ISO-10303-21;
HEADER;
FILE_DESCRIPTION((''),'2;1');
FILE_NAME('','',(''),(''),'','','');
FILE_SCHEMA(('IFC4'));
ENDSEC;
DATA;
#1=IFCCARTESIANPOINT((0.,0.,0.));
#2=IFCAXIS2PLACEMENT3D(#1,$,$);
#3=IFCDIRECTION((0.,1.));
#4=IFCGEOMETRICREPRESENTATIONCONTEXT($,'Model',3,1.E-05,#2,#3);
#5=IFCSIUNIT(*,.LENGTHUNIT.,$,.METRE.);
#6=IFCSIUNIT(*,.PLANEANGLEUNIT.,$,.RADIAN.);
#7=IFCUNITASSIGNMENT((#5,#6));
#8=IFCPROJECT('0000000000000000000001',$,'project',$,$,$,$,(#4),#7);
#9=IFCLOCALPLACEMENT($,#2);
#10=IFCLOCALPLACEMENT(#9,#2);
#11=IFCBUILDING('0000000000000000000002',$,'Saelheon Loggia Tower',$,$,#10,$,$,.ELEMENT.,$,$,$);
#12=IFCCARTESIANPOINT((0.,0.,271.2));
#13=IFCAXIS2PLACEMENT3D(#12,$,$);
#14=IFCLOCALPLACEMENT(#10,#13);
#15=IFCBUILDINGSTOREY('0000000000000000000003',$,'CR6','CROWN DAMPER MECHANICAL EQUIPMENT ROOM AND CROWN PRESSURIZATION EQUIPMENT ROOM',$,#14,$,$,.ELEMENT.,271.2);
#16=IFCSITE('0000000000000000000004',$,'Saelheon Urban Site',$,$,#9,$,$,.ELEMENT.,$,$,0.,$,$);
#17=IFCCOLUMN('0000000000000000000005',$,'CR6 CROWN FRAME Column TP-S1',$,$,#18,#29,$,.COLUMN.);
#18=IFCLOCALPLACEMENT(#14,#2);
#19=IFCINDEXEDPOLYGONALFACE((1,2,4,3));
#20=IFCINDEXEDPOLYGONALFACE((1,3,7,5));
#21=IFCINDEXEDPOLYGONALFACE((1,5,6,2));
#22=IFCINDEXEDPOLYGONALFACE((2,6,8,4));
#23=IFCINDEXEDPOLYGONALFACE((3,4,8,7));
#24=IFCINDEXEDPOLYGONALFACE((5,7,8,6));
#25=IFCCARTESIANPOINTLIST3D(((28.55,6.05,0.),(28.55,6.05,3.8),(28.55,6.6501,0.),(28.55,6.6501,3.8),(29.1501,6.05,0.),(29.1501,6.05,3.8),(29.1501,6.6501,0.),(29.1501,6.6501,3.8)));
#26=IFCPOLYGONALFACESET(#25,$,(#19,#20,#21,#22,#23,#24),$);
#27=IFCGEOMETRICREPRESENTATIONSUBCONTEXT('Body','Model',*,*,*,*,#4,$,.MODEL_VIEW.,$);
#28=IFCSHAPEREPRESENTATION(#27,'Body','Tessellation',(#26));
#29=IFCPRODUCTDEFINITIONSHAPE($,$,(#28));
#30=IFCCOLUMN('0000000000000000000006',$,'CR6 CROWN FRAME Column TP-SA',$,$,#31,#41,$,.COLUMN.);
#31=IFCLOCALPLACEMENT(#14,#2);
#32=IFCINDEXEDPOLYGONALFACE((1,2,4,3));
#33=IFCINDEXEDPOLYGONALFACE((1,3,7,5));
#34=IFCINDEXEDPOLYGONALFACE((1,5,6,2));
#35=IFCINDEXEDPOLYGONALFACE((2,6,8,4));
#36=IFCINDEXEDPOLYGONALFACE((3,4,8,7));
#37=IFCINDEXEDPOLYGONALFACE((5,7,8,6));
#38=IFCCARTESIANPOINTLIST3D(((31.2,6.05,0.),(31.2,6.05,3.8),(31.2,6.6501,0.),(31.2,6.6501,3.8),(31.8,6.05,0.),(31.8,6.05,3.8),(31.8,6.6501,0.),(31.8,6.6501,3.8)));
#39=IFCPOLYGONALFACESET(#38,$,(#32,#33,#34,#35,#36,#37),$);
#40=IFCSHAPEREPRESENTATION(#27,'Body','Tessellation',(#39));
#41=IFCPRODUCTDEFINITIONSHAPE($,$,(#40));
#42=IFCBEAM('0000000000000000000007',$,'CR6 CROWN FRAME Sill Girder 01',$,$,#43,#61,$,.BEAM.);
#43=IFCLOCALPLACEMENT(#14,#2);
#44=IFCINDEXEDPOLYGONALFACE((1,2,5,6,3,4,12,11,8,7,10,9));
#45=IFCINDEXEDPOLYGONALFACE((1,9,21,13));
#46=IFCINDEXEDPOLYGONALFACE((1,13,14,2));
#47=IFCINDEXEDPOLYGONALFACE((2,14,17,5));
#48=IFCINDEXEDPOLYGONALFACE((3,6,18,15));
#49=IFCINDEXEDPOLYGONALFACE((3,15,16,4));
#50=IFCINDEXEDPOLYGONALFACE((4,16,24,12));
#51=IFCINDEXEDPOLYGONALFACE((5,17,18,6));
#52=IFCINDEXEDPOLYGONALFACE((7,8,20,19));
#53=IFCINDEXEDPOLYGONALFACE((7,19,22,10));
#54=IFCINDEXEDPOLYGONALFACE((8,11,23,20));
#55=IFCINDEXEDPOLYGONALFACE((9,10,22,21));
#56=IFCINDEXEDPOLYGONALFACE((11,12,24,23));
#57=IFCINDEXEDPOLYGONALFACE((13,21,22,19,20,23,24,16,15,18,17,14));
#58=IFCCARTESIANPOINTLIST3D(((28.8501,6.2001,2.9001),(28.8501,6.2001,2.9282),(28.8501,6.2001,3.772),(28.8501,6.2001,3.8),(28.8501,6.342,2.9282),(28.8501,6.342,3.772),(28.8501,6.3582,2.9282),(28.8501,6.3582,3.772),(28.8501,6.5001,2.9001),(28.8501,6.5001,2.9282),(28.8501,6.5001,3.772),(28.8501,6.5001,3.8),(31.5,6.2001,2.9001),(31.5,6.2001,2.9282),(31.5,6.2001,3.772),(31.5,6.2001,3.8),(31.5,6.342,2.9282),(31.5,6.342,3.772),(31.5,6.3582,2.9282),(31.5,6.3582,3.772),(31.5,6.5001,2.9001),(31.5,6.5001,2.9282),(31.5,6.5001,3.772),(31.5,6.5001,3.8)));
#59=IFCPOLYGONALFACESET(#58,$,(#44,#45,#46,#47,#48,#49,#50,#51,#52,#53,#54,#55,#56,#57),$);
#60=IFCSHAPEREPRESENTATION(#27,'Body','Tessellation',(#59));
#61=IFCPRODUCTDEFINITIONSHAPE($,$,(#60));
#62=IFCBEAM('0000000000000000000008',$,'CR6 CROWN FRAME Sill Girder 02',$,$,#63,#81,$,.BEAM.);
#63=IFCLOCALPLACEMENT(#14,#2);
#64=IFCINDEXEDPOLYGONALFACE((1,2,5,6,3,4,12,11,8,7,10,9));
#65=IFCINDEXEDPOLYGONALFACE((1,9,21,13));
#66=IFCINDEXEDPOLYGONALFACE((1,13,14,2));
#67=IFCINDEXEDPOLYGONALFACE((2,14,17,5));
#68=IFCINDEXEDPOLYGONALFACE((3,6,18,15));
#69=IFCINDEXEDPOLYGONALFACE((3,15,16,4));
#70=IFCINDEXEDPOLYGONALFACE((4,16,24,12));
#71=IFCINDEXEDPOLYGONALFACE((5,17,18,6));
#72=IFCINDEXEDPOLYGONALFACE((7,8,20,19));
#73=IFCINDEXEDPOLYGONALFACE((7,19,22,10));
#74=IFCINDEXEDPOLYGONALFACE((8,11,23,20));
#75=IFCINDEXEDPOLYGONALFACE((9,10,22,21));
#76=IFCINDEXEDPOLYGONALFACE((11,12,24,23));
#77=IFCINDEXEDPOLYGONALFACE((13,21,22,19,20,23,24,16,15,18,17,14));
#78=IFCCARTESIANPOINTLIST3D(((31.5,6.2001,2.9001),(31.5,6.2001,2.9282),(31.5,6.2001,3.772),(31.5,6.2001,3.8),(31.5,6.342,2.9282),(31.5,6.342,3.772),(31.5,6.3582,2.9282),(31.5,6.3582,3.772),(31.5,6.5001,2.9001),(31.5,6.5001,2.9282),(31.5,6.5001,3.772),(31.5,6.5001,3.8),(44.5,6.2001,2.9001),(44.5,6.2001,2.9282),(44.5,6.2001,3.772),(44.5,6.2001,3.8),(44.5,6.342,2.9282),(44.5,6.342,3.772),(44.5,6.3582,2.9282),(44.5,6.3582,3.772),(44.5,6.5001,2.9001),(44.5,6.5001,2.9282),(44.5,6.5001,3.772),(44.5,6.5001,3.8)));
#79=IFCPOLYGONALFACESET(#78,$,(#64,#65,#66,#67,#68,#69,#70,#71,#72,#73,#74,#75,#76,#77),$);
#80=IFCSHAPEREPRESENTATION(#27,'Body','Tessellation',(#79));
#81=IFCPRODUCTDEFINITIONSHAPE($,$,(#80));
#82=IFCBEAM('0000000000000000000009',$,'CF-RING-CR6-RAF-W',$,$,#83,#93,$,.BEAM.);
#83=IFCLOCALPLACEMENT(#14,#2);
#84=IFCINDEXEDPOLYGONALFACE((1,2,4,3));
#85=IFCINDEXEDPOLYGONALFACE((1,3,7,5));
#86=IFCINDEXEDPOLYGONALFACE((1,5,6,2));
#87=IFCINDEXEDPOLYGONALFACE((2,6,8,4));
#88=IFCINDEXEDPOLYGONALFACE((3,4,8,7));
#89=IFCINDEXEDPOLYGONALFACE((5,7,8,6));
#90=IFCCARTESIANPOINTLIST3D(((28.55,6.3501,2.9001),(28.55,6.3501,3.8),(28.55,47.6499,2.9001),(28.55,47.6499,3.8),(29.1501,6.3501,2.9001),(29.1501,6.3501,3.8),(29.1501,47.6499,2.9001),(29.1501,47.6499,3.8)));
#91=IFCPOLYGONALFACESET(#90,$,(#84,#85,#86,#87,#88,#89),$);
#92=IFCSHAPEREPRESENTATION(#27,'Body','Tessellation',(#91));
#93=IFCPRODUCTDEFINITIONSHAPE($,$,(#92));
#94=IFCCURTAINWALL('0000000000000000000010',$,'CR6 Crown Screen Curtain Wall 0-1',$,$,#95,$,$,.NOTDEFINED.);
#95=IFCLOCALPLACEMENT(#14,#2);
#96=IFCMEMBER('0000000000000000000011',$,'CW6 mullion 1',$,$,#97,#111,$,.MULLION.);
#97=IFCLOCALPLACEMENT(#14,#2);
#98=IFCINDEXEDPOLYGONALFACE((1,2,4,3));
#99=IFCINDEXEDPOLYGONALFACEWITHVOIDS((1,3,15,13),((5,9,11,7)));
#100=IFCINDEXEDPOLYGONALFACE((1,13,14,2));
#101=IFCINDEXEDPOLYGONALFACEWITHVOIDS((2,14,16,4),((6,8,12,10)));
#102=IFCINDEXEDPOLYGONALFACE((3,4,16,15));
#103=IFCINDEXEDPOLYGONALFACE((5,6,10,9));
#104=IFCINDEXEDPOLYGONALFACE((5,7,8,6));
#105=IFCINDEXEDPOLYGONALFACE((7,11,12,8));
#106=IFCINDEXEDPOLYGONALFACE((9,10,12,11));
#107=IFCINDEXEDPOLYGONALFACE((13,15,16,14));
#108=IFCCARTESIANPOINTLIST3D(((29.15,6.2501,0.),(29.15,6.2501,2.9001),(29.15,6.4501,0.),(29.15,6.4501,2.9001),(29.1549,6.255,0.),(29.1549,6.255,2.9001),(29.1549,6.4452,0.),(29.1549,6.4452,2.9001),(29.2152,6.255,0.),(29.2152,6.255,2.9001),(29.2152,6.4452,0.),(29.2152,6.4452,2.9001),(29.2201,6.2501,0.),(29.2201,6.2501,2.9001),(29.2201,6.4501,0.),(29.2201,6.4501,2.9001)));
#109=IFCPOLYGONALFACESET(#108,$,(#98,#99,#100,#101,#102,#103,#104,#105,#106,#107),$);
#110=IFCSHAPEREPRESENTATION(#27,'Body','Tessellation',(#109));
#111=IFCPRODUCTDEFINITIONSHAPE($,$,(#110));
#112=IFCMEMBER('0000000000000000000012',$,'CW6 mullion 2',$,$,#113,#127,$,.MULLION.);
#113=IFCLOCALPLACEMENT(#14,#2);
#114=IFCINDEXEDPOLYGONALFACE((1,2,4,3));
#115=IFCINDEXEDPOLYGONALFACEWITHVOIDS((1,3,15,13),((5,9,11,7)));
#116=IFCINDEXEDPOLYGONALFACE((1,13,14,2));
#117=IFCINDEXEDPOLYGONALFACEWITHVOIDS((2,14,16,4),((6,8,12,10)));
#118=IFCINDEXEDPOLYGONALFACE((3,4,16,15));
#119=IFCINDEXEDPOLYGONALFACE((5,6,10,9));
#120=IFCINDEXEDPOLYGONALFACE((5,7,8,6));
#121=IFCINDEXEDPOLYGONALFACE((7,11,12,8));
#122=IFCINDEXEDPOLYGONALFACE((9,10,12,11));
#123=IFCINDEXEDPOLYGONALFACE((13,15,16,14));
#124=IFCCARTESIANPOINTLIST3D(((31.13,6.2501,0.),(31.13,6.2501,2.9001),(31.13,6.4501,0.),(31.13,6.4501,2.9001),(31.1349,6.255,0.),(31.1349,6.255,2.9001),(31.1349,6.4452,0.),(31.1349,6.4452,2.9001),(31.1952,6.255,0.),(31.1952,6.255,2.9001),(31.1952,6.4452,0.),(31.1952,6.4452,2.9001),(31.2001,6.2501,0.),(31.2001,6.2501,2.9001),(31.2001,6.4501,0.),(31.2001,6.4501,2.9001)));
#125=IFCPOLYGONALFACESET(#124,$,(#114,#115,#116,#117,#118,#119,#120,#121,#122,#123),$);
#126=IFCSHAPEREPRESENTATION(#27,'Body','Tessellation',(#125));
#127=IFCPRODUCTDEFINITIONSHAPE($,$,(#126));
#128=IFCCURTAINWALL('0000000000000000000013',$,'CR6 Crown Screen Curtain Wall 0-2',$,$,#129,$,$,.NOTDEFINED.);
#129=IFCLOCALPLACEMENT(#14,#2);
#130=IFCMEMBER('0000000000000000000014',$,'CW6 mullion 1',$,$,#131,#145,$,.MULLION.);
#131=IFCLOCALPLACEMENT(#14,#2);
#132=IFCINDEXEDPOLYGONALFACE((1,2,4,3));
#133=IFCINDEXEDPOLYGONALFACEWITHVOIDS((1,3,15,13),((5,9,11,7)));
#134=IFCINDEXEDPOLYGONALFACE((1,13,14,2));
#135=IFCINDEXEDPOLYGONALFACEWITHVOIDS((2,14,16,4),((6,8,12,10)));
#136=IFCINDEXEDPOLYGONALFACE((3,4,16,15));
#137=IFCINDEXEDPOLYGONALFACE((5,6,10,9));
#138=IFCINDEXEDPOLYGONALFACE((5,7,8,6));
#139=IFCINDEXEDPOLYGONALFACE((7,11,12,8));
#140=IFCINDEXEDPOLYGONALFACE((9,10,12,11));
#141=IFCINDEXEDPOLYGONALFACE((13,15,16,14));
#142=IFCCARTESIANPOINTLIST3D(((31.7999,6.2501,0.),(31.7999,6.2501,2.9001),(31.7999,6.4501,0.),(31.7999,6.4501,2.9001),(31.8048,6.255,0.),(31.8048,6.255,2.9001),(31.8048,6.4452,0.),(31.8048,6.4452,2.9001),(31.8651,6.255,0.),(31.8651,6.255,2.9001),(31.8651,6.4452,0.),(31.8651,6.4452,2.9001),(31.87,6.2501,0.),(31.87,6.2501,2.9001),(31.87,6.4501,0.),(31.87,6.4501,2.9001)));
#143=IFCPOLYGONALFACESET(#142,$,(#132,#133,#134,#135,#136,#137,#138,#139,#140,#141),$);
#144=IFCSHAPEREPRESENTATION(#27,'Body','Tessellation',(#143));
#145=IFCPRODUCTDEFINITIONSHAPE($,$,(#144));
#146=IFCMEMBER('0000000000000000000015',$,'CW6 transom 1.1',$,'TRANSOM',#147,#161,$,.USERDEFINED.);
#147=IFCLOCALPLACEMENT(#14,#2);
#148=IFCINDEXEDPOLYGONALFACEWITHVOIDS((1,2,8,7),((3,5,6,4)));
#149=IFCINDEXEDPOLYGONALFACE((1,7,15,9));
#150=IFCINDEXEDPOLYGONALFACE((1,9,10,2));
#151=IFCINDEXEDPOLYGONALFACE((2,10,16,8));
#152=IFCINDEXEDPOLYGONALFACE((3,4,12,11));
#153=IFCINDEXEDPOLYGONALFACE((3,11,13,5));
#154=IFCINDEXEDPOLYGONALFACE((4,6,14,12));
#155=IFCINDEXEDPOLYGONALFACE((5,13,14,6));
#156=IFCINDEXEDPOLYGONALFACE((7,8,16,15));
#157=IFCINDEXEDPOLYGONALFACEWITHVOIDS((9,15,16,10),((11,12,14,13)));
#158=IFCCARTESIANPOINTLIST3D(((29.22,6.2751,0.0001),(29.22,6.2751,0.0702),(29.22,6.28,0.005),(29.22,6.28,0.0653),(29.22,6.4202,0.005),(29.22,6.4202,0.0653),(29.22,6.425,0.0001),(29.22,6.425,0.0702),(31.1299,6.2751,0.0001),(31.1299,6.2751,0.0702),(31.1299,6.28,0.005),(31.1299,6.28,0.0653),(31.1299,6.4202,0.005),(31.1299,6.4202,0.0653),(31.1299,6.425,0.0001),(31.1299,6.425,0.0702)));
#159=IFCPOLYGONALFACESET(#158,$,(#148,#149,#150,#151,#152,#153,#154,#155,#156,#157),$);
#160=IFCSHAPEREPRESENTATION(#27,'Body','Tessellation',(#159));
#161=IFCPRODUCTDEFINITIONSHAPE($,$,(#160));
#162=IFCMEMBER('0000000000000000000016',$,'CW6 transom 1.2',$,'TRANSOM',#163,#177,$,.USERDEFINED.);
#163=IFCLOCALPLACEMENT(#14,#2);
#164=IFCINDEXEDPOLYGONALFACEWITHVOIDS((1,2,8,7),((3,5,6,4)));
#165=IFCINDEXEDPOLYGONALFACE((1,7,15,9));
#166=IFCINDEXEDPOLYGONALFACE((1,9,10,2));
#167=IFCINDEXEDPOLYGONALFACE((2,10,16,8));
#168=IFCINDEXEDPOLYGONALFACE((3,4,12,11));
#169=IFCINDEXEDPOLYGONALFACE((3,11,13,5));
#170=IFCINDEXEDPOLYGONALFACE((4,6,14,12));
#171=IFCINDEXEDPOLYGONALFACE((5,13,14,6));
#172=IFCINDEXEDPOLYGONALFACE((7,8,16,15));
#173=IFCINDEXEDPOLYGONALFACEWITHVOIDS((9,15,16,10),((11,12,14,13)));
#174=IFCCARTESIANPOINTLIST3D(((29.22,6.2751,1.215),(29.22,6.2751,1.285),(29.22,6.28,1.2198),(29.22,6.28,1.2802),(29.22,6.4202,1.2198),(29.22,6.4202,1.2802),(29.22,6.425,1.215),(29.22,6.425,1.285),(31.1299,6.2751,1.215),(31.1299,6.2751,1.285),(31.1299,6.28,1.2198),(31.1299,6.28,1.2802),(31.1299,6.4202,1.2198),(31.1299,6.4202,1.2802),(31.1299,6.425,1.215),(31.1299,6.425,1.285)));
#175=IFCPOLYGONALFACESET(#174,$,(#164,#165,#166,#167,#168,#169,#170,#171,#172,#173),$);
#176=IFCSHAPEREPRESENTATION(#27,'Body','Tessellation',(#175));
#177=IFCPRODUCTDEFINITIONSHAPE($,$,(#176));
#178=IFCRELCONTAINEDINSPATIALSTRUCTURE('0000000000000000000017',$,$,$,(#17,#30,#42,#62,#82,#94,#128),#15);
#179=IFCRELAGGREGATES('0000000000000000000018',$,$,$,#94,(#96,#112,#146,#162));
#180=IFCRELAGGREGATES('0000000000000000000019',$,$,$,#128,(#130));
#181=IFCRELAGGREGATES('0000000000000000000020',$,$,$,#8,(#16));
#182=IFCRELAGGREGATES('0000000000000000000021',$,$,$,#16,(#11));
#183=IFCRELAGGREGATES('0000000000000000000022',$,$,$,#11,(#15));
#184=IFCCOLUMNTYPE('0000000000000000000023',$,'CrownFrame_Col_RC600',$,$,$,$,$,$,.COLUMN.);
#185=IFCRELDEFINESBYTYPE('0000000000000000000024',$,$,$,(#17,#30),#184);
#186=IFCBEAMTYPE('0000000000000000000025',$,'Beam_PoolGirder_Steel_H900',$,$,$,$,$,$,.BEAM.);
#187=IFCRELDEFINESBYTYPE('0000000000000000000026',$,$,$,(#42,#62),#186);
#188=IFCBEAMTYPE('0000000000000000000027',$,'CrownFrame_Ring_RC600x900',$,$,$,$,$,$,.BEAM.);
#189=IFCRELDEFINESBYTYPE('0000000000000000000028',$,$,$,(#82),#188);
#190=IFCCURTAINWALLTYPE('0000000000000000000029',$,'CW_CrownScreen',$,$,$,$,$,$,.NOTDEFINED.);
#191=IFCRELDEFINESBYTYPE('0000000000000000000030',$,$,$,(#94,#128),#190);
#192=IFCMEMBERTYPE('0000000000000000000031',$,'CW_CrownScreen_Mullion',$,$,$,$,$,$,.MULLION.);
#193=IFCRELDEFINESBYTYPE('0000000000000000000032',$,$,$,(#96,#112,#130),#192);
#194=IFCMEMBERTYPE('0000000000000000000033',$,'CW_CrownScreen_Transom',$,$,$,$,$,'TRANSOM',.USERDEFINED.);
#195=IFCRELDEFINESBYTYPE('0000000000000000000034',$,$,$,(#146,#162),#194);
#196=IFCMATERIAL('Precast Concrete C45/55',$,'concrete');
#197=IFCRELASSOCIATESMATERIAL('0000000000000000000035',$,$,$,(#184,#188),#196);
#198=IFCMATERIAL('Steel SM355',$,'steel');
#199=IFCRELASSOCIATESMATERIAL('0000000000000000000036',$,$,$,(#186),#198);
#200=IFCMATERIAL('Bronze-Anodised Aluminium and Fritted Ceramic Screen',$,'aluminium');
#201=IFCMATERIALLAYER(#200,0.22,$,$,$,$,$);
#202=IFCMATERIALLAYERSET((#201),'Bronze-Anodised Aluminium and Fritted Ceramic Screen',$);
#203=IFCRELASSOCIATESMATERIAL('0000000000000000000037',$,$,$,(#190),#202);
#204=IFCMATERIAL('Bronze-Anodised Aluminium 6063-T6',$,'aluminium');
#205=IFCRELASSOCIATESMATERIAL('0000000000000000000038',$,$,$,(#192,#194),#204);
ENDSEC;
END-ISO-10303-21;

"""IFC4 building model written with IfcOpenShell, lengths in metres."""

from ifc_helpers import new_model, si_unit, direction, frame, origin, origin_2d, place, context, subcontext, project, spatial, rectangle, hollow_rectangle, i_section, extrude, source, transform, mapped, material, layer, layer_set, material_profile, profile_set, type_object, element, aggregate, save


model = new_model("IFC4")

# Units and contexts
model_context = context("Model", 3, precision=1e-05, world=origin(), true_north=direction((0.0, 1.0)))
body_context = subcontext(model_context, "Body", "Model", "MODEL_VIEW")
ifc_project = project(units=[si_unit("LENGTHUNIT", "METRE"), si_unit("PLANEANGLEUNIT", "RADIAN")], contexts=[model_context])

# Site, building, storey
site_placement = place(None, origin())
site = spatial("IfcSite", under=ifc_project, at=site_placement, Name="Saelheon Urban Site", CompositionType="ELEMENT", RefElevation=0.0)
building_placement = place(site_placement, origin())
building = spatial("IfcBuilding", under=site, at=building_placement, Name="Saelheon Loggia Tower", CompositionType="ELEMENT")
storey_placement = place(building_placement, frame((0.0, 0.0, 271.2)))
storey = spatial("IfcBuildingStorey", under=building, at=storey_placement, Name="CR6", Description="CROWN DAMPER MECHANICAL EQUIPMENT ROOM AND CROWN PRESSURIZATION EQUIPMENT ROOM", CompositionType="ELEMENT", Elevation=271.2)

# Columns
ifc_material_1 = material(Name="Precast Concrete C45/55", Category="concrete")
ifc_material_profile_1 = material_profile(ifc_material_1, rectangle(XDim=0.6001, YDim=0.6001, at=origin_2d()), Name="RC-600x600")
ifc_profile_set_1 = profile_set([ifc_material_profile_1], Name="Precast Concrete C45/55")
column_type = type_object("IfcColumnType", Name="CrownFrame_Col_RC600", PredefinedType="COLUMN", material=ifc_profile_set_1)
shared_shape_1 = source(origin(), body_context, "Body", "SweptSolid", [
    extrude(rectangle(XDim=0.6001, YDim=0.6001, at=origin_2d()), origin(), (0.0, 0.0, 1.0), 3.8),
])
for number, where, z_axis, x_axis, name in (
    (1, (28.8501, 6.3501, 0.0), (0.0, 0.0, 1.0), (1.0, 0.0, 0.0), "CR6 CROWN FRAME Column TP-S1"),
    (2, (31.5, 6.3501, 0.0), (0.0, 0.0, 1.0), (1.0, 0.0, 0.0), "CR6 CROWN FRAME Column TP-SA"),
):
    element("IfcColumn", number, at=place(storey_placement, frame(where, z_axis=z_axis, x_axis=x_axis)), inside=storey, type_object=column_type, Name=name, PredefinedType="COLUMN", context=body_context, shape_type="MappedRepresentation", body=[
        mapped(shared_shape_1, transform((0.0, 0.0, 0.0), scale=1.0)),
    ])

# Beams
ifc_material_2 = material(Name="Steel SM355", Category="steel")
ifc_material_profile_2 = material_profile(ifc_material_2, i_section(OverallWidth=0.3, OverallDepth=0.8999, WebThickness=0.0161, FlangeThickness=0.0281, at=origin_2d()), Name="H-900x300x16x28")
ifc_profile_set_2 = profile_set([ifc_material_profile_2], Name="Steel SM355")
beam_type_1 = type_object("IfcBeamType", Name="Beam_PoolGirder_Steel_H900", PredefinedType="BEAM", material=ifc_profile_set_2)
shared_shape_2 = source(origin(), body_context, "Body", "SweptSolid", [
    extrude(i_section(OverallWidth=0.3, OverallDepth=0.8999, WebThickness=0.0161, FlangeThickness=0.0281, at=origin_2d()), origin(), (0.0, 0.0, 1.0), 2.6499),
])
beam_1_placement = place(storey_placement, frame((28.8501, 6.3501, 3.3501), z_axis=(1.0, 0.0, 0.0), x_axis=(0.0, 1.0, 0.0)))
element("IfcBeam", 3, at=beam_1_placement, inside=storey, type_object=beam_type_1, Name="CR6 CROWN FRAME Sill Girder 01", PredefinedType="BEAM", context=body_context, shape_type="MappedRepresentation", body=[
    mapped(shared_shape_2, transform((0.0, 0.0, 0.0), scale=1.0)),
])
shared_shape_3 = source(origin(), body_context, "Body", "SweptSolid", [
    extrude(i_section(OverallWidth=0.3, OverallDepth=0.8999, WebThickness=0.0161, FlangeThickness=0.0281, at=origin_2d()), origin(), (0.0, 0.0, 1.0), 13.0),
])
beam_2_placement = place(storey_placement, frame((31.5, 6.3501, 3.3501), z_axis=(1.0, 0.0, 0.0), x_axis=(0.0, 1.0, 0.0)))
element("IfcBeam", 4, at=beam_2_placement, inside=storey, type_object=beam_type_1, Name="CR6 CROWN FRAME Sill Girder 02", PredefinedType="BEAM", context=body_context, shape_type="MappedRepresentation", body=[
    mapped(shared_shape_3, transform((0.0, 0.0, 0.0), scale=1.0)),
])
ifc_material_profile_3 = material_profile(ifc_material_1, rectangle(XDim=0.6001, YDim=0.8999, at=origin_2d()), Name="RC-600x900")
ifc_profile_set_3 = profile_set([ifc_material_profile_3], Name="Precast Concrete C45/55")
beam_type_2 = type_object("IfcBeamType", Name="CrownFrame_Ring_RC600x900", PredefinedType="BEAM", material=ifc_profile_set_3)
shared_shape_4 = source(origin(), body_context, "Body", "SweptSolid", [
    extrude(rectangle(XDim=0.6001, YDim=0.8999, at=origin_2d()), origin(), (0.0, 0.0, 1.0), 41.2998),
])
beam_3_placement = place(storey_placement, frame((28.8501, 6.3501, 3.3501), z_axis=(0.0, 1.0, 0.0), x_axis=(-1.0, 0.0, 0.0)))
element("IfcBeam", 5, at=beam_3_placement, inside=storey, type_object=beam_type_2, Name="CF-RING-CR6-RAF-W", PredefinedType="BEAM", context=body_context, shape_type="MappedRepresentation", body=[
    mapped(shared_shape_4, transform((0.0, 0.0, 0.0), scale=1.0)),
])

# Curtain wall, members
ifc_material_3 = material(Name="Bronze-Anodised Aluminium and Fritted Ceramic Screen", Category="aluminium")
ifc_layer_1 = layer(ifc_material_3, 0.22)
ifc_layer_set_1 = layer_set([ifc_layer_1], Name="Bronze-Anodised Aluminium and Fritted Ceramic Screen")
curtain_wall_type = type_object("IfcCurtainWallType", Name="CW_CrownScreen", PredefinedType="NOTDEFINED", material=ifc_layer_set_1)
curtain_wall_1_placement = place(storey_placement, origin())
curtain_wall_1 = element("IfcCurtainWall", 6, at=curtain_wall_1_placement, inside=storey, type_object=curtain_wall_type, Name="CR6 Crown Screen Curtain Wall 0-1", PredefinedType="NOTDEFINED")
ifc_material_4 = material(Name="Bronze-Anodised Aluminium 6063-T6", Category="aluminium")
ifc_material_profile_4 = material_profile(ifc_material_4, hollow_rectangle(XDim=0.0701, YDim=0.2, WallThickness=0.0049, at=origin_2d()), Name="RHS-200x70x5")
ifc_profile_set_4 = profile_set([ifc_material_profile_4], Name="Bronze-Anodised Aluminium 6063-T6")
member_type_1 = type_object("IfcMemberType", Name="CW_CrownScreen_Mullion", PredefinedType="MULLION", material=ifc_profile_set_4)
shared_shape_5 = source(origin(), body_context, "Body", "SweptSolid", [
    extrude(hollow_rectangle(XDim=0.0701, YDim=0.2, WallThickness=0.0049, at=origin_2d()), origin(), (0.0, 0.0, 1.0), 2.9001),
])
member_1_placement = place(storey_placement, frame((29.1851, 6.3501, 0.0), z_axis=(0.0, 0.0, 1.0), x_axis=(1.0, 0.0, 0.0)))
member_1 = element("IfcMember", 7, at=member_1_placement, type_object=member_type_1, Name="CW6 mullion 1", PredefinedType="MULLION", context=body_context, shape_type="MappedRepresentation", body=[
    mapped(shared_shape_5, transform((0.0, 0.0, 0.0), scale=1.0)),
])
member_2_placement = place(storey_placement, frame((31.165, 6.3501, 0.0), z_axis=(0.0, 0.0, 1.0), x_axis=(1.0, 0.0, 0.0)))
member_2 = element("IfcMember", 8, at=member_2_placement, type_object=member_type_1, Name="CW6 mullion 2", PredefinedType="MULLION", context=body_context, shape_type="MappedRepresentation", body=[
    mapped(shared_shape_5, transform((0.0, 0.0, 0.0), scale=1.0)),
])

# Curtain wall, member
curtain_wall_2_placement = place(storey_placement, origin())
curtain_wall_2 = element("IfcCurtainWall", 9, at=curtain_wall_2_placement, inside=storey, type_object=curtain_wall_type, Name="CR6 Crown Screen Curtain Wall 0-2", PredefinedType="NOTDEFINED")
member_3_placement = place(storey_placement, frame((31.835, 6.3501, 0.0), z_axis=(0.0, 0.0, 1.0), x_axis=(1.0, 0.0, 0.0)))
member_3 = element("IfcMember", 10, at=member_3_placement, type_object=member_type_1, Name="CW6 mullion 1", PredefinedType="MULLION", context=body_context, shape_type="MappedRepresentation", body=[
    mapped(shared_shape_5, transform((0.0, 0.0, 0.0), scale=1.0)),
])

# Members
ifc_material_profile_5 = material_profile(ifc_material_4, hollow_rectangle(XDim=0.0701, YDim=0.1499, WallThickness=0.0049, at=origin_2d()), Name="RHS-150x70x5")
ifc_profile_set_5 = profile_set([ifc_material_profile_5], Name="Bronze-Anodised Aluminium 6063-T6")
member_type_2 = type_object("IfcMemberType", Name="CW_CrownScreen_Transom", ElementType="TRANSOM", PredefinedType="USERDEFINED", material=ifc_profile_set_5)
shared_shape_6 = source(origin(), body_context, "Body", "SweptSolid", [
    extrude(hollow_rectangle(XDim=0.0701, YDim=0.1499, WallThickness=0.0049, at=origin_2d()), origin(), (0.0, 0.0, 1.0), 1.9099),
])
member_4_placement = place(storey_placement, frame((29.22, 6.3501, 0.0352), z_axis=(1.0, 0.0, 0.0), x_axis=(0.0, 0.0, 1.0)))
member_4 = element("IfcMember", 11, at=member_4_placement, type_object=member_type_2, Name="CW6 transom 1.1", ObjectType="TRANSOM", PredefinedType="USERDEFINED", context=body_context, shape_type="MappedRepresentation", body=[
    mapped(shared_shape_6, transform((0.0, 0.0, 0.0), scale=1.0)),
])
member_5_placement = place(storey_placement, frame((29.22, 6.3501, 1.25), z_axis=(1.0, 0.0, 0.0), x_axis=(0.0, 0.0, 1.0)))
member_5 = element("IfcMember", 12, at=member_5_placement, type_object=member_type_2, Name="CW6 transom 1.2", ObjectType="TRANSOM", PredefinedType="USERDEFINED", context=body_context, shape_type="MappedRepresentation", body=[
    mapped(shared_shape_6, transform((0.0, 0.0, 0.0), scale=1.0)),
])

aggregate(curtain_wall_1, [member_1, member_2, member_4, member_5])
aggregate(curtain_wall_2, [member_3])

save(model, "model.ifc")
